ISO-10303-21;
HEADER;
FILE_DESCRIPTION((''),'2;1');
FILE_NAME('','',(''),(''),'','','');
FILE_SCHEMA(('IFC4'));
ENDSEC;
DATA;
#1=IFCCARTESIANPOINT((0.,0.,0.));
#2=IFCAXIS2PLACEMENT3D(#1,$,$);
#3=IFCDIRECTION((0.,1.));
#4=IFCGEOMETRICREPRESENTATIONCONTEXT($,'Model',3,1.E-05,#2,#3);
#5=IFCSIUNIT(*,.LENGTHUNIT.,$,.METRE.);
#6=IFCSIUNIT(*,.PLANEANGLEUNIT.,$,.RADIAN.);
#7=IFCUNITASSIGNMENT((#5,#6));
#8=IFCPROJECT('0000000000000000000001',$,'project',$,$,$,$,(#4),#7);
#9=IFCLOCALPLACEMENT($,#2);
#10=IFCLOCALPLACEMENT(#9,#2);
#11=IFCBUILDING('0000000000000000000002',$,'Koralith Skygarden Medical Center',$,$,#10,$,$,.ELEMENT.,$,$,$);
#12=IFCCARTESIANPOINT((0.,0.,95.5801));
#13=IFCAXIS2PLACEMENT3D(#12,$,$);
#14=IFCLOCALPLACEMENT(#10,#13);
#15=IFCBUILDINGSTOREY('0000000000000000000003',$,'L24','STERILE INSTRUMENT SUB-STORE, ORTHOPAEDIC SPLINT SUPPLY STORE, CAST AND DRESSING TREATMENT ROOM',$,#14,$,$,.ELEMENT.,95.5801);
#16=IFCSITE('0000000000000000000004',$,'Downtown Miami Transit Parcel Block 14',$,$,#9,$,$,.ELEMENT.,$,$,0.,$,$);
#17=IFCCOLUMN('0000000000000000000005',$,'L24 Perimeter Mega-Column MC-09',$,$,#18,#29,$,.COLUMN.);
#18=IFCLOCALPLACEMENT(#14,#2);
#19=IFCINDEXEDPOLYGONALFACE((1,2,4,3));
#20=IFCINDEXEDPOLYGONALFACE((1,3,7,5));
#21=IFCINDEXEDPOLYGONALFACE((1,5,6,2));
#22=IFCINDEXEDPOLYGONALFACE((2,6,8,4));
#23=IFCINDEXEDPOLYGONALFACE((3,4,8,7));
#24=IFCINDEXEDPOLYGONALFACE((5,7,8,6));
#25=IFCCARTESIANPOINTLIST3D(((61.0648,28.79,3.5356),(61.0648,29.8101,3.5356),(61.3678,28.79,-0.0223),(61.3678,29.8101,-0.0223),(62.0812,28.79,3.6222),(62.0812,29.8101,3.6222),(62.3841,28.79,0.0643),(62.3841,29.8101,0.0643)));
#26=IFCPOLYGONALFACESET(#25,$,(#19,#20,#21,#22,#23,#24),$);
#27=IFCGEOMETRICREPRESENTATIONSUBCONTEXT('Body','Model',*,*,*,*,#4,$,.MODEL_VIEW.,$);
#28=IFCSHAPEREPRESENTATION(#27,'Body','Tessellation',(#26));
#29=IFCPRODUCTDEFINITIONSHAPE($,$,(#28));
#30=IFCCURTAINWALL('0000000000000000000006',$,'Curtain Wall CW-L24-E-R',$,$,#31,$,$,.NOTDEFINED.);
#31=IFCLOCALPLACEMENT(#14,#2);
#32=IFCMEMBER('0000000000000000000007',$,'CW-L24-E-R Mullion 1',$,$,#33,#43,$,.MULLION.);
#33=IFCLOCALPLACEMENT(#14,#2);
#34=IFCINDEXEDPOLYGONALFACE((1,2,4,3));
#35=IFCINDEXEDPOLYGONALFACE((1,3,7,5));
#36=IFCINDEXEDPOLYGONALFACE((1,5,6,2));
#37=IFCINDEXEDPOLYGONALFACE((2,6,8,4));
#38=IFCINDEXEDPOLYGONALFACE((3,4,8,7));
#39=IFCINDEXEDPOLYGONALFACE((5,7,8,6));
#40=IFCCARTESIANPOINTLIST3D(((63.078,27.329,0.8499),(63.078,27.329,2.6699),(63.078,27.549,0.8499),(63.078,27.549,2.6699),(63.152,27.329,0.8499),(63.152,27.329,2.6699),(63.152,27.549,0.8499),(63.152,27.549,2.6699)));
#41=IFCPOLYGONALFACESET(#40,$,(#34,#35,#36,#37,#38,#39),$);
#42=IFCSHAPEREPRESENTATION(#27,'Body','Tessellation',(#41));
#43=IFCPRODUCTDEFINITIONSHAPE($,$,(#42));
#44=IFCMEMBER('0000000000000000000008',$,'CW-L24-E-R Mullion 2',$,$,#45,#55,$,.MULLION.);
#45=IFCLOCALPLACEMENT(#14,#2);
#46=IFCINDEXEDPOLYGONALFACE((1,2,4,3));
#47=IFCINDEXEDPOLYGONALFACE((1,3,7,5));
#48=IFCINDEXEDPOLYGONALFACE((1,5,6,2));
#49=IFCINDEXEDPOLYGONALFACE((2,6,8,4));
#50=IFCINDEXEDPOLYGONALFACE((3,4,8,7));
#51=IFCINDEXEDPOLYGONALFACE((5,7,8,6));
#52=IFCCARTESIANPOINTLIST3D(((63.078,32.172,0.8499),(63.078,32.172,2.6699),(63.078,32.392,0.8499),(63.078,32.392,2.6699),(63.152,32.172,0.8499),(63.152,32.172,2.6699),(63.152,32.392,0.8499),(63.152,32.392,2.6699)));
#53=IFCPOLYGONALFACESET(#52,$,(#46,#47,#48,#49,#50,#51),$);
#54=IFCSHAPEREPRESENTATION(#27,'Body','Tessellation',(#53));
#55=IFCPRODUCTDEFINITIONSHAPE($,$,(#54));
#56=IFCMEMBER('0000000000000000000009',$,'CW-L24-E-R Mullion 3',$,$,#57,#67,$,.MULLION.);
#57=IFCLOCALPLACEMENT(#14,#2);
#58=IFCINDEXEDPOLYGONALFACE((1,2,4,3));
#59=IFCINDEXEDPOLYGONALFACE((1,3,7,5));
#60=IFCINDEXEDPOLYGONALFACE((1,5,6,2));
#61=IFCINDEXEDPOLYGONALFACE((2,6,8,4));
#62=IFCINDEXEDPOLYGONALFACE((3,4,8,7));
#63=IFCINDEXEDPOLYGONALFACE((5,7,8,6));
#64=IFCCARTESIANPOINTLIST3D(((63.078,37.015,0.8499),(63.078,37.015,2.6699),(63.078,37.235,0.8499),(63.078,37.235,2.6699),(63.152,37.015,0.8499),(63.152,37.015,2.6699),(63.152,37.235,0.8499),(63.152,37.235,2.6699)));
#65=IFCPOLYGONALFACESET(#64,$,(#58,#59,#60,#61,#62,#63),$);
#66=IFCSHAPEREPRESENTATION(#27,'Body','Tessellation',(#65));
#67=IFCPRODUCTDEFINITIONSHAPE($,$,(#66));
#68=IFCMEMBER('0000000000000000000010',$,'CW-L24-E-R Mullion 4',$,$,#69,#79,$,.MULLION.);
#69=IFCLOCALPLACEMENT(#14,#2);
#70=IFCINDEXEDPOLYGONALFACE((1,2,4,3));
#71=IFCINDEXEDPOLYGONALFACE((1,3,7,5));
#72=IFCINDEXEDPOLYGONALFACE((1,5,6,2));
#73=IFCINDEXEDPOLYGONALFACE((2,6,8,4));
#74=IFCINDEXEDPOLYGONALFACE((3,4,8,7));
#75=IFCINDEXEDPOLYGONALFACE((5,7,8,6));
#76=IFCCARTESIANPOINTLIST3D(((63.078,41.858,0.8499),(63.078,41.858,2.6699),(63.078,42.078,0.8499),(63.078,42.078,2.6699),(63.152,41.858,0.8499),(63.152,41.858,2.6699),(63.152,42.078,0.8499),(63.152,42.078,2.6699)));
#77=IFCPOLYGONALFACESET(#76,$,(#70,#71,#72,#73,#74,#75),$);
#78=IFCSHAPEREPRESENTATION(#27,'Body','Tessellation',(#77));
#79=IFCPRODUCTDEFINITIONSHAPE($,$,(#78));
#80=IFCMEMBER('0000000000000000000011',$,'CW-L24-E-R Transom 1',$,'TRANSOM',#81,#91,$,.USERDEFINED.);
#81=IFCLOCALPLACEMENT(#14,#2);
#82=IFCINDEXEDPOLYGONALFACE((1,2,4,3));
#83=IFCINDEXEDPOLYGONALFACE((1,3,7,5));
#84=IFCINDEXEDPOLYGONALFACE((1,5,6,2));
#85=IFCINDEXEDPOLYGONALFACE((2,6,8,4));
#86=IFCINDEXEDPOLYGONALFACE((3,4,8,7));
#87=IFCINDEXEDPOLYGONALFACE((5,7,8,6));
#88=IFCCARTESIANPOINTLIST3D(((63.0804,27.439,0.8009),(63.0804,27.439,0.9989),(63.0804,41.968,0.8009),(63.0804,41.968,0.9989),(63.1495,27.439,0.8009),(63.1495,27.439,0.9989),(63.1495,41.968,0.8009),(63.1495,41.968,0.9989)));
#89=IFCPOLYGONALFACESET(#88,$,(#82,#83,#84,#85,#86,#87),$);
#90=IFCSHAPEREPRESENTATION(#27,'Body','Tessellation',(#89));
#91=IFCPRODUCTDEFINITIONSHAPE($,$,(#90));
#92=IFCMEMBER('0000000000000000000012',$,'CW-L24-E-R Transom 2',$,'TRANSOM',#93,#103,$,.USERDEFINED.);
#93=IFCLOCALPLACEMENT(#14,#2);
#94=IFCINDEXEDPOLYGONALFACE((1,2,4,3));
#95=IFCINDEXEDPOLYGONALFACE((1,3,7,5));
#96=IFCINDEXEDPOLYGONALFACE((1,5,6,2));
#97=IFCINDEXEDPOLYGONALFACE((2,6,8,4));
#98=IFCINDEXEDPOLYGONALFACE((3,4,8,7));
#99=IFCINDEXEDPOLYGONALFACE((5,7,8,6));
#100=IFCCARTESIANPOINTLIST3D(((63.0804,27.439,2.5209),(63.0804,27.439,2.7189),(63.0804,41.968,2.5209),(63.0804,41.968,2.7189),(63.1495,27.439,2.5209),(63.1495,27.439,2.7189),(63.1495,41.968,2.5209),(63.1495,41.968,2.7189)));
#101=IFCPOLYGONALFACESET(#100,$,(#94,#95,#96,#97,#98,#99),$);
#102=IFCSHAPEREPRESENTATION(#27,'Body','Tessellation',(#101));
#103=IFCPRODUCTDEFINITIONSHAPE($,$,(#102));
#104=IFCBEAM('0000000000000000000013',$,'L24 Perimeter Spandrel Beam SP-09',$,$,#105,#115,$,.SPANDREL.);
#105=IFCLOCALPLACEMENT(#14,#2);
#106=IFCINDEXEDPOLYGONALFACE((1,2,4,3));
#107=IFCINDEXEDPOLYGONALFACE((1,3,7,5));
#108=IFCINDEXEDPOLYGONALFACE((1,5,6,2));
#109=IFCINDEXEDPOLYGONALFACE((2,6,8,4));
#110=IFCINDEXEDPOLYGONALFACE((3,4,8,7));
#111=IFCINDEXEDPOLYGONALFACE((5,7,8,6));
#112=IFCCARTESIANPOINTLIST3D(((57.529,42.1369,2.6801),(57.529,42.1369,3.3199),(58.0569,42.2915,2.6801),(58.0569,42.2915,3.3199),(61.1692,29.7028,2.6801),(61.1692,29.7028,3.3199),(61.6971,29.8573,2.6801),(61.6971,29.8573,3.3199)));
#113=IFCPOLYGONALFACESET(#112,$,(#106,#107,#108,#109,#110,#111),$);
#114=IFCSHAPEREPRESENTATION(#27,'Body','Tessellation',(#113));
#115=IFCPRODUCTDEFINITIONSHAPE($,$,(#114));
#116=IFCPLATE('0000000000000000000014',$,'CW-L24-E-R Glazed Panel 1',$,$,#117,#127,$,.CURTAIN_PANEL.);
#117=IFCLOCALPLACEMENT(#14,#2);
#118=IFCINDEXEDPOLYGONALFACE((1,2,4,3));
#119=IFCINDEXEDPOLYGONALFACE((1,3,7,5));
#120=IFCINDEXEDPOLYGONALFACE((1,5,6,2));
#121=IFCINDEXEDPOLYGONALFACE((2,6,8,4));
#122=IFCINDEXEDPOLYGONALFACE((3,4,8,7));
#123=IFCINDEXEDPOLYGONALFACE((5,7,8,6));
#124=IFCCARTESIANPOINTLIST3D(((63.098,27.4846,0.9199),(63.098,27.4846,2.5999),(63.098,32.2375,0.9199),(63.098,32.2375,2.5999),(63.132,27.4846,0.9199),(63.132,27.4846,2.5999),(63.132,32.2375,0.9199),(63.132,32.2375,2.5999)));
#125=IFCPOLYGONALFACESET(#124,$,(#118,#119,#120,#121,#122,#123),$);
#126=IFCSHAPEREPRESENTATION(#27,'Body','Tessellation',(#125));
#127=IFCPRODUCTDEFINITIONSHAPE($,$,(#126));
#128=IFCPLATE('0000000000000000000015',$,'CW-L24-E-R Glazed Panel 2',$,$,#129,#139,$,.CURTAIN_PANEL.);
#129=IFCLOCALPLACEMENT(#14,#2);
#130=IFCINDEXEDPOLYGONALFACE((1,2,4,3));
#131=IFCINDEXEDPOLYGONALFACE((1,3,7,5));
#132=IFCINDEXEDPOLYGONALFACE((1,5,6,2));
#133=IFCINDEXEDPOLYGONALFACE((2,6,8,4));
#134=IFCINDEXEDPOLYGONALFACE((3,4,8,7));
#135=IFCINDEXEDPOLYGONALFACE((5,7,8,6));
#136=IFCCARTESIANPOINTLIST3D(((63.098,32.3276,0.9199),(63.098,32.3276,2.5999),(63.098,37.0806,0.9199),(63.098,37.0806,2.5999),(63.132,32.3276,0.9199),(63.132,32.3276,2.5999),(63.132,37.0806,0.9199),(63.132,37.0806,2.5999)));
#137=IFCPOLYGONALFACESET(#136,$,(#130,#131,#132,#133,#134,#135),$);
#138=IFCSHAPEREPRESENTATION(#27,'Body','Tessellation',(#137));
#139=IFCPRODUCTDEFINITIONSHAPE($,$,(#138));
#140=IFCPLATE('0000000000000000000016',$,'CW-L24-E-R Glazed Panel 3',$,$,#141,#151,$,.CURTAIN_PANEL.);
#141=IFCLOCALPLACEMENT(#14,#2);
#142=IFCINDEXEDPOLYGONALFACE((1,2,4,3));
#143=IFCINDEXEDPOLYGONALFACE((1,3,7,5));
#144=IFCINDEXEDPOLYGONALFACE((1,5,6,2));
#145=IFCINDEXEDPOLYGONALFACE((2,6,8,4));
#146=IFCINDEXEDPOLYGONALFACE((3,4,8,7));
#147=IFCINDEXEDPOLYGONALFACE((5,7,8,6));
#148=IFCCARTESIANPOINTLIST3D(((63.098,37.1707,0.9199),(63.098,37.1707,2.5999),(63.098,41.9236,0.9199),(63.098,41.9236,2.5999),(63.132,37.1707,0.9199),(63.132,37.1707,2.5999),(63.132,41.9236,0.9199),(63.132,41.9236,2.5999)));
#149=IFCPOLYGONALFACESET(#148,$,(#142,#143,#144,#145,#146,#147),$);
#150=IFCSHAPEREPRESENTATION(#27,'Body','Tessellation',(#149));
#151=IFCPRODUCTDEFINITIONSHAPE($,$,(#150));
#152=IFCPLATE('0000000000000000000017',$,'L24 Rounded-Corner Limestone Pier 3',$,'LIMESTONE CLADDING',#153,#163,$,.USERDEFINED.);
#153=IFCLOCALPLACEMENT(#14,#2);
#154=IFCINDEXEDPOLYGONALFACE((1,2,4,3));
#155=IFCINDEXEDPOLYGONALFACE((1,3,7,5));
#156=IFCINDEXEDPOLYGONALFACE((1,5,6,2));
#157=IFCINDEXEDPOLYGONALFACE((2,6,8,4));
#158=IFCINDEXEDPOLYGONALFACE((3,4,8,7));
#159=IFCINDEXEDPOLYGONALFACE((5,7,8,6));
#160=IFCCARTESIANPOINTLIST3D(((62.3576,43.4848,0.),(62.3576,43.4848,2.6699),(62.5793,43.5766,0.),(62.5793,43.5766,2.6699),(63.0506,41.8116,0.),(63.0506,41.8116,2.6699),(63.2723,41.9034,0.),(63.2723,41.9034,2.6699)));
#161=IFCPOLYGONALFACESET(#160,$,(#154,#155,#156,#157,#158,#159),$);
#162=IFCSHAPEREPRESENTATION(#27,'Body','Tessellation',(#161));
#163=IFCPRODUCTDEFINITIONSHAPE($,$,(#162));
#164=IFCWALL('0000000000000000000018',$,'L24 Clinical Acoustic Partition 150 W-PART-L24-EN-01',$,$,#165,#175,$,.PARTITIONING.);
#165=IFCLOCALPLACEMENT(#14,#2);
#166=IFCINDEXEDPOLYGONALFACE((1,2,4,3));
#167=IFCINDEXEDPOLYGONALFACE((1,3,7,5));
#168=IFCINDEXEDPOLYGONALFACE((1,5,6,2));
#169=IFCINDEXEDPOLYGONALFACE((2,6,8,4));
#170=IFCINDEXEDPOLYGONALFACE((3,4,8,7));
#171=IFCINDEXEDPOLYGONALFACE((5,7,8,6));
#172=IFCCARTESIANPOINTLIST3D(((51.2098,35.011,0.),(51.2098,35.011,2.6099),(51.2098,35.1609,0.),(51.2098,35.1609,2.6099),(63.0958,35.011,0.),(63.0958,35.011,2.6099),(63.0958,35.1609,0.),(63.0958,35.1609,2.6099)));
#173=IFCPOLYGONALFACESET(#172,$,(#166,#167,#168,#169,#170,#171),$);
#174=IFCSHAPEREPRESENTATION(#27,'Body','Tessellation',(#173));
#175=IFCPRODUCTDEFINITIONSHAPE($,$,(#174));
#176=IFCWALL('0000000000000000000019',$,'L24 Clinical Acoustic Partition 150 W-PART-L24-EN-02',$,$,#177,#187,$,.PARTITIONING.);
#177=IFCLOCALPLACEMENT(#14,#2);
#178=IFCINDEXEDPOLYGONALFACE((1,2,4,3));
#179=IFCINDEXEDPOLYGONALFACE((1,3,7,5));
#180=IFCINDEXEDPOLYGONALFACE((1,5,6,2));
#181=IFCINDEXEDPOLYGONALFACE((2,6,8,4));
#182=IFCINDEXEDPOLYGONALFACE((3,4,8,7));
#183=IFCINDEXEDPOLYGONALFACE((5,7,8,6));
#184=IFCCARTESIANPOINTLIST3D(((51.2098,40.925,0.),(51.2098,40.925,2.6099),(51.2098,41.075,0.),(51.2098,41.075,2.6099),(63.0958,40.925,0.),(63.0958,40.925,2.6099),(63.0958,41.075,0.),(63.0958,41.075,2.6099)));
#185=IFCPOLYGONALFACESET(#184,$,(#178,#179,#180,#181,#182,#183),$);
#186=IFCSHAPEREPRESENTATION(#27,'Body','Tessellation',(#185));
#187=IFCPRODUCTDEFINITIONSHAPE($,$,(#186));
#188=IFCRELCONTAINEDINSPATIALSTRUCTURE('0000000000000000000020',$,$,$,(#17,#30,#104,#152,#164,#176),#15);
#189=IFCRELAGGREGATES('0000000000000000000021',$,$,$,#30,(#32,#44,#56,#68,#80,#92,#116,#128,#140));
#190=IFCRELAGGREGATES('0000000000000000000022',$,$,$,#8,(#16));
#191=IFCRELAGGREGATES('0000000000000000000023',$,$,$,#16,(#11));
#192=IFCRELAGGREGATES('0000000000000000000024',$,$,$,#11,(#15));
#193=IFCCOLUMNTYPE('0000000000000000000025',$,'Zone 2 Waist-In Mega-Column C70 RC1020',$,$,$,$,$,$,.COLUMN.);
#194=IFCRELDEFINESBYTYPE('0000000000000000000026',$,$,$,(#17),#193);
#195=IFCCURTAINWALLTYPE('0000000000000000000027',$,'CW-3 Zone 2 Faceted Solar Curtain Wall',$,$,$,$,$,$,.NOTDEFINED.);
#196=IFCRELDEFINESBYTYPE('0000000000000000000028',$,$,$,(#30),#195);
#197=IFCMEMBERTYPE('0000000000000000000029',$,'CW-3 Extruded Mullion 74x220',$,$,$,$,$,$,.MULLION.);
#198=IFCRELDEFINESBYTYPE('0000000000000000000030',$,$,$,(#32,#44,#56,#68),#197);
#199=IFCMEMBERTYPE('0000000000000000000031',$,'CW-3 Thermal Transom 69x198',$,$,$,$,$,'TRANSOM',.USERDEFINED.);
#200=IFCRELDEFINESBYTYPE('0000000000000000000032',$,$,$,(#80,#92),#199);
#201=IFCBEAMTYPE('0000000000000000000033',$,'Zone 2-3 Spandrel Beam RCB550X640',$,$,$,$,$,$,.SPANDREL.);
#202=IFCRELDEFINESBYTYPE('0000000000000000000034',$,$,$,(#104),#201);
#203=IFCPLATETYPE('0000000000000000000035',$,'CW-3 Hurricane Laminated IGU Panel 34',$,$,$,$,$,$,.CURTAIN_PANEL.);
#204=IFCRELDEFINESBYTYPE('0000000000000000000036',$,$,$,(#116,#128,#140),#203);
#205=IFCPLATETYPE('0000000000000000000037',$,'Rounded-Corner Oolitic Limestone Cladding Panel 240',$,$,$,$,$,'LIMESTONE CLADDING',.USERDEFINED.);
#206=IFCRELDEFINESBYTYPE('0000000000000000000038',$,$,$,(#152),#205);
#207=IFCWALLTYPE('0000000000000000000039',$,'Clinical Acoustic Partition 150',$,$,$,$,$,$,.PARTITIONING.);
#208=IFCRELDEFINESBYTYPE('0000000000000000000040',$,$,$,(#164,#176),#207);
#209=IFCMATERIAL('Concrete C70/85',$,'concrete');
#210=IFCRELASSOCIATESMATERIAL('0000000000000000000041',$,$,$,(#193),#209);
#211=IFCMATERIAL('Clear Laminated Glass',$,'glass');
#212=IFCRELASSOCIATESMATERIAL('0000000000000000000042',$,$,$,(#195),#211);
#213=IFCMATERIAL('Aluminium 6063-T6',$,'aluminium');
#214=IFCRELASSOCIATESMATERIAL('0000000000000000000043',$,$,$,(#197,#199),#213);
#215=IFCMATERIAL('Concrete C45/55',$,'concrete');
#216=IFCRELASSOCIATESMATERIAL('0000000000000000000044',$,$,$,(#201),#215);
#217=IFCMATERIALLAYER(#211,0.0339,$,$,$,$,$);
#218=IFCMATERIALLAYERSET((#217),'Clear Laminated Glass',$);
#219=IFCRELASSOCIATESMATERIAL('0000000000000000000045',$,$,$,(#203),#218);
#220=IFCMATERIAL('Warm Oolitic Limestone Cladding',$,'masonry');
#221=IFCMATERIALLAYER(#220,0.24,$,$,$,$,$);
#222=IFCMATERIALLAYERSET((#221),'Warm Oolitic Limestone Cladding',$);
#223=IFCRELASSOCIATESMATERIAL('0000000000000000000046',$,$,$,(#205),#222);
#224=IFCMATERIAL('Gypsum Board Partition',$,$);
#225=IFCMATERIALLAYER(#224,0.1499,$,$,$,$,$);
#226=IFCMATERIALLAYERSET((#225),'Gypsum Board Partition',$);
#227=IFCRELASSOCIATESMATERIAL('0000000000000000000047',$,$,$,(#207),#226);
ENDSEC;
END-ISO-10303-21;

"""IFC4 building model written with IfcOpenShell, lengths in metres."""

from ifc_helpers import new_model, si_unit, direction, frame, frame_2d, origin, origin_2d, place, context, subcontext, project, spatial, rectangle, extrude, material, layer, layer_set, material_profile, profile_set, type_object, element, aggregate, save


model = new_model("IFC4")

# Units and contexts
model_context = context("Model", 3, precision=1e-05, world=origin(), true_north=direction((0.0, 1.0)))
body_context = subcontext(model_context, "Body", "Model", "MODEL_VIEW")
ifc_project = project(units=[si_unit("LENGTHUNIT", "METRE"), si_unit("PLANEANGLEUNIT", "RADIAN")], contexts=[model_context])

# Site, building, storey
site_placement = place(None, origin())
site = spatial("IfcSite", under=ifc_project, at=site_placement, Name="Downtown Miami Transit Parcel Block 14", CompositionType="ELEMENT", RefElevation=0.0)
building_placement = place(site_placement, origin())
building = spatial("IfcBuilding", under=site, at=building_placement, Name="Koralith Skygarden Medical Center", CompositionType="ELEMENT")
storey_placement = place(building_placement, frame((0.0, 0.0, 95.5801)))
storey = spatial("IfcBuildingStorey", under=building, at=storey_placement, Name="L24", Description="STERILE INSTRUMENT SUB-STORE, ORTHOPAEDIC SPLINT SUPPLY STORE, CAST AND DRESSING TREATMENT ROOM", CompositionType="ELEMENT", Elevation=95.5801)

# Column
ifc_material_1 = material(Name="Concrete C70/85", Category="concrete")
ifc_material_profile_1 = material_profile(ifc_material_1, rectangle(XDim=1.02, YDim=1.02, at=origin_2d()), Name="RC1020X1020")
ifc_profile_set_1 = profile_set([ifc_material_profile_1], Name="Concrete C70/85")
column_type = type_object("IfcColumnType", Name="Zone 2 Waist-In Mega-Column C70 RC1020", PredefinedType="COLUMN", material=ifc_profile_set_1)
column_placement = place(storey_placement, frame((61.876, 29.3, 0.021), z_axis=(-0.08485, 0.0, 0.996394), x_axis=(0.0, -1.0, 0.0)))
element("IfcColumn", 1, at=column_placement, inside=storey, type_object=column_type, Name="L24 Perimeter Mega-Column MC-09", PredefinedType="COLUMN", context=body_context, shape_type="SweptSolid", body=[
    extrude(rectangle(XDim=1.02, YDim=1.02, at=origin_2d()), origin(), (0.0, 0.0, 1.0), 3.5708),
])

# Curtain wall, members
ifc_material_2 = material(Name="Clear Laminated Glass", Category="glass")
curtain_wall_type = type_object("IfcCurtainWallType", Name="CW-3 Zone 2 Faceted Solar Curtain Wall", PredefinedType="NOTDEFINED", material=ifc_material_2)
curtain_wall_placement = place(storey_placement, origin())
curtain_wall = element("IfcCurtainWall", 2, at=curtain_wall_placement, inside=storey, type_object=curtain_wall_type, Name="Curtain Wall CW-L24-E-R", PredefinedType="NOTDEFINED")
ifc_material_3 = material(Name="Aluminium 6063-T6", Category="aluminium")
ifc_material_profile_2 = material_profile(ifc_material_3, rectangle(XDim=0.074, YDim=0.22, at=origin_2d()), Name="MUL74X220")
ifc_profile_set_2 = profile_set([ifc_material_profile_2], Name="Aluminium 6063-T6")
member_type_1 = type_object("IfcMemberType", Name="CW-3 Extruded Mullion 74x220", PredefinedType="MULLION", material=ifc_profile_set_2)
member_1_placement = place(storey_placement, frame((63.115, 27.439, 0.8499), z_axis=(0.0, 0.0, 1.0), x_axis=(1.0, 0.0, 0.0)))
member_1 = element("IfcMember", 3, at=member_1_placement, type_object=member_type_1, Name="CW-L24-E-R Mullion 1", PredefinedType="MULLION", context=body_context, shape_type="SweptSolid", body=[
    extrude(rectangle(XDim=0.074, YDim=0.22, at=origin_2d()), origin(), (0.0, 0.0, 1.0), 1.8201),
])
member_2_placement = place(storey_placement, frame((63.115, 32.282, 0.8499), z_axis=(0.0, 0.0, 1.0), x_axis=(1.0, 0.0, 0.0)))
member_2 = element("IfcMember", 4, at=member_2_placement, type_object=member_type_1, Name="CW-L24-E-R Mullion 2", PredefinedType="MULLION", context=body_context, shape_type="SweptSolid", body=[
    extrude(rectangle(XDim=0.074, YDim=0.22, at=origin_2d()), origin(), (0.0, 0.0, 1.0), 1.8201),
])
member_3_placement = place(storey_placement, frame((63.115, 37.125, 0.8499), z_axis=(0.0, 0.0, 1.0), x_axis=(1.0, 0.0, 0.0)))
member_3 = element("IfcMember", 5, at=member_3_placement, type_object=member_type_1, Name="CW-L24-E-R Mullion 3", PredefinedType="MULLION", context=body_context, shape_type="SweptSolid", body=[
    extrude(rectangle(XDim=0.074, YDim=0.22, at=origin_2d()), origin(), (0.0, 0.0, 1.0), 1.8201),
])
member_4_placement = place(storey_placement, frame((63.115, 41.968, 0.8499), z_axis=(0.0, 0.0, 1.0), x_axis=(1.0, 0.0, 0.0)))
member_4 = element("IfcMember", 6, at=member_4_placement, type_object=member_type_1, Name="CW-L24-E-R Mullion 4", PredefinedType="MULLION", context=body_context, shape_type="SweptSolid", body=[
    extrude(rectangle(XDim=0.074, YDim=0.22, at=origin_2d()), origin(), (0.0, 0.0, 1.0), 1.8201),
])
ifc_material_profile_3 = material_profile(ifc_material_3, rectangle(XDim=0.0691, YDim=0.198, at=origin_2d()), Name="TRN69X198")
ifc_profile_set_3 = profile_set([ifc_material_profile_3], Name="Aluminium 6063-T6")
member_type_2 = type_object("IfcMemberType", Name="CW-3 Thermal Transom 69x198", ElementType="TRANSOM", PredefinedType="USERDEFINED", material=ifc_profile_set_3)
member_5_placement = place(storey_placement, frame((63.115, 27.439, 0.8999), z_axis=(0.0, 1.0, 0.0), x_axis=(-1.0, 0.0, 0.0)))
member_5 = element("IfcMember", 7, at=member_5_placement, type_object=member_type_2, Name="CW-L24-E-R Transom 1", ObjectType="TRANSOM", PredefinedType="USERDEFINED", context=body_context, shape_type="SweptSolid", body=[
    extrude(rectangle(XDim=0.0691, YDim=0.198, at=origin_2d()), origin(), (0.0, 0.0, 1.0), 14.5291),
])
member_6_placement = place(storey_placement, frame((63.115, 27.439, 2.6199), z_axis=(0.0, 1.0, 0.0), x_axis=(-1.0, 0.0, 0.0)))
member_6 = element("IfcMember", 8, at=member_6_placement, type_object=member_type_2, Name="CW-L24-E-R Transom 2", ObjectType="TRANSOM", PredefinedType="USERDEFINED", context=body_context, shape_type="SweptSolid", body=[
    extrude(rectangle(XDim=0.0691, YDim=0.198, at=origin_2d()), origin(), (0.0, 0.0, 1.0), 14.5291),
])

# Beam
ifc_material_4 = material(Name="Concrete C45/55", Category="concrete")
ifc_material_profile_4 = material_profile(ifc_material_4, rectangle(XDim=0.55, YDim=0.6399, at=origin_2d()), Name="RCB550X640")
ifc_profile_set_4 = profile_set([ifc_material_profile_4], Name="Concrete C45/55")
beam_type = type_object("IfcBeamType", Name="Zone 2-3 Spandrel Beam RCB550X640", PredefinedType="SPANDREL", material=ifc_profile_set_4)
beam_placement = place(storey_placement, frame((61.4331, 29.78, 3.0), z_axis=(-0.280962, 0.959719, 0.0), x_axis=(-0.959719, -0.280962, 0.0)))
element("IfcBeam", 9, at=beam_placement, inside=storey, type_object=beam_type, Name="L24 Perimeter Spandrel Beam SP-09", PredefinedType="SPANDREL", context=body_context, shape_type="SweptSolid", body=[
    extrude(rectangle(XDim=0.55, YDim=0.6399, at=origin_2d()), origin(), (0.0, 0.0, 1.0), 12.9561),
])

# Plates
ifc_layer_1 = layer(ifc_material_2, 0.0339)
ifc_layer_set_1 = layer_set([ifc_layer_1], Name="Clear Laminated Glass")
plate_type_1 = type_object("IfcPlateType", Name="CW-3 Hurricane Laminated IGU Panel 34", PredefinedType="CURTAIN_PANEL", material=ifc_layer_set_1)
plate_1_placement = place(storey_placement, frame((63.115, 29.8611, 0.9199), z_axis=(0.0, 0.0, 1.0), x_axis=(0.0, 1.0, 0.0)))
plate_1 = element("IfcPlate", 10, at=plate_1_placement, type_object=plate_type_1, Name="CW-L24-E-R Glazed Panel 1", PredefinedType="CURTAIN_PANEL", context=body_context, shape_type="SweptSolid", body=[
    extrude(rectangle(XDim=4.7529, YDim=0.0339, at=origin_2d()), origin(), (0.0, 0.0, 1.0), 1.6799),
])
plate_2_placement = place(storey_placement, frame((63.115, 34.7041, 0.9199), z_axis=(0.0, 0.0, 1.0), x_axis=(0.0, 1.0, 0.0)))
plate_2 = element("IfcPlate", 11, at=plate_2_placement, type_object=plate_type_1, Name="CW-L24-E-R Glazed Panel 2", PredefinedType="CURTAIN_PANEL", context=body_context, shape_type="SweptSolid", body=[
    extrude(rectangle(XDim=4.7529, YDim=0.0339, at=origin_2d()), origin(), (0.0, 0.0, 1.0), 1.6799),
])
plate_3_placement = place(storey_placement, frame((63.115, 39.5471, 0.9199), z_axis=(0.0, 0.0, 1.0), x_axis=(0.0, 1.0, 0.0)))
plate_3 = element("IfcPlate", 12, at=plate_3_placement, type_object=plate_type_1, Name="CW-L24-E-R Glazed Panel 3", PredefinedType="CURTAIN_PANEL", context=body_context, shape_type="SweptSolid", body=[
    extrude(rectangle(XDim=4.7529, YDim=0.0339, at=origin_2d()), origin(), (0.0, 0.0, 1.0), 1.6799),
])
aggregate(curtain_wall, [member_1, member_2, member_3, member_4, member_5, member_6, plate_1, plate_2, plate_3])
ifc_material_5 = material(Name="Warm Oolitic Limestone Cladding", Category="masonry")
ifc_layer_2 = layer(ifc_material_5, 0.24)
ifc_layer_set_2 = layer_set([ifc_layer_2], Name="Warm Oolitic Limestone Cladding")
plate_type_2 = type_object("IfcPlateType", Name="Rounded-Corner Oolitic Limestone Cladding Panel 240", ElementType="LIMESTONE CLADDING", PredefinedType="USERDEFINED", material=ifc_layer_set_2)
plate_4_placement = place(storey_placement, frame((62.8149, 42.6941, 0.0), z_axis=(0.0, 0.0, 1.0), x_axis=(-0.382671, 0.923885, 0.0)))
element("IfcPlate", 13, at=plate_4_placement, inside=storey, type_object=plate_type_2, Name="L24 Rounded-Corner Limestone Pier 3", ObjectType="LIMESTONE CLADDING", PredefinedType="USERDEFINED", context=body_context, shape_type="SweptSolid", body=[
    extrude(rectangle(XDim=1.811, YDim=0.24, at=origin_2d()), origin(), (0.0, 0.0, 1.0), 2.6699),
])

# Walls
ifc_material_6 = material(Name="Gypsum Board Partition")
ifc_layer_3 = layer(ifc_material_6, 0.1499)
ifc_layer_set_3 = layer_set([ifc_layer_3], Name="Gypsum Board Partition")
wall_type_1 = type_object("IfcWallType", Name="Clinical Acoustic Partition 150", PredefinedType="PARTITIONING", material=ifc_layer_set_3)
for number, where, z_axis, x_axis, name in (
    (14, (51.21, 35.0859, 0.0), (0.0, 0.0, 1.0), (1.0, 0.0, 0.0), "L24 Clinical Acoustic Partition 150 W-PART-L24-EN-01"),
    (15, (51.21, 41.0, 0.0), (0.0, 0.0, 1.0), (1.0, 0.0, 0.0), "L24 Clinical Acoustic Partition 150 W-PART-L24-EN-02"),
):
    element("IfcWall", number, at=place(storey_placement, frame(where, z_axis=z_axis, x_axis=x_axis)), inside=storey, type_object=wall_type_1, Name=name, PredefinedType="PARTITIONING", context=body_context, shape_type="SweptSolid", body=[
        extrude(rectangle(XDim=11.886, YDim=0.1499, at=frame_2d((5.9429, 0.0))), origin(), (0.0, 0.0, 1.0), 2.6099),
    ])

save(model, "model.ifc")
